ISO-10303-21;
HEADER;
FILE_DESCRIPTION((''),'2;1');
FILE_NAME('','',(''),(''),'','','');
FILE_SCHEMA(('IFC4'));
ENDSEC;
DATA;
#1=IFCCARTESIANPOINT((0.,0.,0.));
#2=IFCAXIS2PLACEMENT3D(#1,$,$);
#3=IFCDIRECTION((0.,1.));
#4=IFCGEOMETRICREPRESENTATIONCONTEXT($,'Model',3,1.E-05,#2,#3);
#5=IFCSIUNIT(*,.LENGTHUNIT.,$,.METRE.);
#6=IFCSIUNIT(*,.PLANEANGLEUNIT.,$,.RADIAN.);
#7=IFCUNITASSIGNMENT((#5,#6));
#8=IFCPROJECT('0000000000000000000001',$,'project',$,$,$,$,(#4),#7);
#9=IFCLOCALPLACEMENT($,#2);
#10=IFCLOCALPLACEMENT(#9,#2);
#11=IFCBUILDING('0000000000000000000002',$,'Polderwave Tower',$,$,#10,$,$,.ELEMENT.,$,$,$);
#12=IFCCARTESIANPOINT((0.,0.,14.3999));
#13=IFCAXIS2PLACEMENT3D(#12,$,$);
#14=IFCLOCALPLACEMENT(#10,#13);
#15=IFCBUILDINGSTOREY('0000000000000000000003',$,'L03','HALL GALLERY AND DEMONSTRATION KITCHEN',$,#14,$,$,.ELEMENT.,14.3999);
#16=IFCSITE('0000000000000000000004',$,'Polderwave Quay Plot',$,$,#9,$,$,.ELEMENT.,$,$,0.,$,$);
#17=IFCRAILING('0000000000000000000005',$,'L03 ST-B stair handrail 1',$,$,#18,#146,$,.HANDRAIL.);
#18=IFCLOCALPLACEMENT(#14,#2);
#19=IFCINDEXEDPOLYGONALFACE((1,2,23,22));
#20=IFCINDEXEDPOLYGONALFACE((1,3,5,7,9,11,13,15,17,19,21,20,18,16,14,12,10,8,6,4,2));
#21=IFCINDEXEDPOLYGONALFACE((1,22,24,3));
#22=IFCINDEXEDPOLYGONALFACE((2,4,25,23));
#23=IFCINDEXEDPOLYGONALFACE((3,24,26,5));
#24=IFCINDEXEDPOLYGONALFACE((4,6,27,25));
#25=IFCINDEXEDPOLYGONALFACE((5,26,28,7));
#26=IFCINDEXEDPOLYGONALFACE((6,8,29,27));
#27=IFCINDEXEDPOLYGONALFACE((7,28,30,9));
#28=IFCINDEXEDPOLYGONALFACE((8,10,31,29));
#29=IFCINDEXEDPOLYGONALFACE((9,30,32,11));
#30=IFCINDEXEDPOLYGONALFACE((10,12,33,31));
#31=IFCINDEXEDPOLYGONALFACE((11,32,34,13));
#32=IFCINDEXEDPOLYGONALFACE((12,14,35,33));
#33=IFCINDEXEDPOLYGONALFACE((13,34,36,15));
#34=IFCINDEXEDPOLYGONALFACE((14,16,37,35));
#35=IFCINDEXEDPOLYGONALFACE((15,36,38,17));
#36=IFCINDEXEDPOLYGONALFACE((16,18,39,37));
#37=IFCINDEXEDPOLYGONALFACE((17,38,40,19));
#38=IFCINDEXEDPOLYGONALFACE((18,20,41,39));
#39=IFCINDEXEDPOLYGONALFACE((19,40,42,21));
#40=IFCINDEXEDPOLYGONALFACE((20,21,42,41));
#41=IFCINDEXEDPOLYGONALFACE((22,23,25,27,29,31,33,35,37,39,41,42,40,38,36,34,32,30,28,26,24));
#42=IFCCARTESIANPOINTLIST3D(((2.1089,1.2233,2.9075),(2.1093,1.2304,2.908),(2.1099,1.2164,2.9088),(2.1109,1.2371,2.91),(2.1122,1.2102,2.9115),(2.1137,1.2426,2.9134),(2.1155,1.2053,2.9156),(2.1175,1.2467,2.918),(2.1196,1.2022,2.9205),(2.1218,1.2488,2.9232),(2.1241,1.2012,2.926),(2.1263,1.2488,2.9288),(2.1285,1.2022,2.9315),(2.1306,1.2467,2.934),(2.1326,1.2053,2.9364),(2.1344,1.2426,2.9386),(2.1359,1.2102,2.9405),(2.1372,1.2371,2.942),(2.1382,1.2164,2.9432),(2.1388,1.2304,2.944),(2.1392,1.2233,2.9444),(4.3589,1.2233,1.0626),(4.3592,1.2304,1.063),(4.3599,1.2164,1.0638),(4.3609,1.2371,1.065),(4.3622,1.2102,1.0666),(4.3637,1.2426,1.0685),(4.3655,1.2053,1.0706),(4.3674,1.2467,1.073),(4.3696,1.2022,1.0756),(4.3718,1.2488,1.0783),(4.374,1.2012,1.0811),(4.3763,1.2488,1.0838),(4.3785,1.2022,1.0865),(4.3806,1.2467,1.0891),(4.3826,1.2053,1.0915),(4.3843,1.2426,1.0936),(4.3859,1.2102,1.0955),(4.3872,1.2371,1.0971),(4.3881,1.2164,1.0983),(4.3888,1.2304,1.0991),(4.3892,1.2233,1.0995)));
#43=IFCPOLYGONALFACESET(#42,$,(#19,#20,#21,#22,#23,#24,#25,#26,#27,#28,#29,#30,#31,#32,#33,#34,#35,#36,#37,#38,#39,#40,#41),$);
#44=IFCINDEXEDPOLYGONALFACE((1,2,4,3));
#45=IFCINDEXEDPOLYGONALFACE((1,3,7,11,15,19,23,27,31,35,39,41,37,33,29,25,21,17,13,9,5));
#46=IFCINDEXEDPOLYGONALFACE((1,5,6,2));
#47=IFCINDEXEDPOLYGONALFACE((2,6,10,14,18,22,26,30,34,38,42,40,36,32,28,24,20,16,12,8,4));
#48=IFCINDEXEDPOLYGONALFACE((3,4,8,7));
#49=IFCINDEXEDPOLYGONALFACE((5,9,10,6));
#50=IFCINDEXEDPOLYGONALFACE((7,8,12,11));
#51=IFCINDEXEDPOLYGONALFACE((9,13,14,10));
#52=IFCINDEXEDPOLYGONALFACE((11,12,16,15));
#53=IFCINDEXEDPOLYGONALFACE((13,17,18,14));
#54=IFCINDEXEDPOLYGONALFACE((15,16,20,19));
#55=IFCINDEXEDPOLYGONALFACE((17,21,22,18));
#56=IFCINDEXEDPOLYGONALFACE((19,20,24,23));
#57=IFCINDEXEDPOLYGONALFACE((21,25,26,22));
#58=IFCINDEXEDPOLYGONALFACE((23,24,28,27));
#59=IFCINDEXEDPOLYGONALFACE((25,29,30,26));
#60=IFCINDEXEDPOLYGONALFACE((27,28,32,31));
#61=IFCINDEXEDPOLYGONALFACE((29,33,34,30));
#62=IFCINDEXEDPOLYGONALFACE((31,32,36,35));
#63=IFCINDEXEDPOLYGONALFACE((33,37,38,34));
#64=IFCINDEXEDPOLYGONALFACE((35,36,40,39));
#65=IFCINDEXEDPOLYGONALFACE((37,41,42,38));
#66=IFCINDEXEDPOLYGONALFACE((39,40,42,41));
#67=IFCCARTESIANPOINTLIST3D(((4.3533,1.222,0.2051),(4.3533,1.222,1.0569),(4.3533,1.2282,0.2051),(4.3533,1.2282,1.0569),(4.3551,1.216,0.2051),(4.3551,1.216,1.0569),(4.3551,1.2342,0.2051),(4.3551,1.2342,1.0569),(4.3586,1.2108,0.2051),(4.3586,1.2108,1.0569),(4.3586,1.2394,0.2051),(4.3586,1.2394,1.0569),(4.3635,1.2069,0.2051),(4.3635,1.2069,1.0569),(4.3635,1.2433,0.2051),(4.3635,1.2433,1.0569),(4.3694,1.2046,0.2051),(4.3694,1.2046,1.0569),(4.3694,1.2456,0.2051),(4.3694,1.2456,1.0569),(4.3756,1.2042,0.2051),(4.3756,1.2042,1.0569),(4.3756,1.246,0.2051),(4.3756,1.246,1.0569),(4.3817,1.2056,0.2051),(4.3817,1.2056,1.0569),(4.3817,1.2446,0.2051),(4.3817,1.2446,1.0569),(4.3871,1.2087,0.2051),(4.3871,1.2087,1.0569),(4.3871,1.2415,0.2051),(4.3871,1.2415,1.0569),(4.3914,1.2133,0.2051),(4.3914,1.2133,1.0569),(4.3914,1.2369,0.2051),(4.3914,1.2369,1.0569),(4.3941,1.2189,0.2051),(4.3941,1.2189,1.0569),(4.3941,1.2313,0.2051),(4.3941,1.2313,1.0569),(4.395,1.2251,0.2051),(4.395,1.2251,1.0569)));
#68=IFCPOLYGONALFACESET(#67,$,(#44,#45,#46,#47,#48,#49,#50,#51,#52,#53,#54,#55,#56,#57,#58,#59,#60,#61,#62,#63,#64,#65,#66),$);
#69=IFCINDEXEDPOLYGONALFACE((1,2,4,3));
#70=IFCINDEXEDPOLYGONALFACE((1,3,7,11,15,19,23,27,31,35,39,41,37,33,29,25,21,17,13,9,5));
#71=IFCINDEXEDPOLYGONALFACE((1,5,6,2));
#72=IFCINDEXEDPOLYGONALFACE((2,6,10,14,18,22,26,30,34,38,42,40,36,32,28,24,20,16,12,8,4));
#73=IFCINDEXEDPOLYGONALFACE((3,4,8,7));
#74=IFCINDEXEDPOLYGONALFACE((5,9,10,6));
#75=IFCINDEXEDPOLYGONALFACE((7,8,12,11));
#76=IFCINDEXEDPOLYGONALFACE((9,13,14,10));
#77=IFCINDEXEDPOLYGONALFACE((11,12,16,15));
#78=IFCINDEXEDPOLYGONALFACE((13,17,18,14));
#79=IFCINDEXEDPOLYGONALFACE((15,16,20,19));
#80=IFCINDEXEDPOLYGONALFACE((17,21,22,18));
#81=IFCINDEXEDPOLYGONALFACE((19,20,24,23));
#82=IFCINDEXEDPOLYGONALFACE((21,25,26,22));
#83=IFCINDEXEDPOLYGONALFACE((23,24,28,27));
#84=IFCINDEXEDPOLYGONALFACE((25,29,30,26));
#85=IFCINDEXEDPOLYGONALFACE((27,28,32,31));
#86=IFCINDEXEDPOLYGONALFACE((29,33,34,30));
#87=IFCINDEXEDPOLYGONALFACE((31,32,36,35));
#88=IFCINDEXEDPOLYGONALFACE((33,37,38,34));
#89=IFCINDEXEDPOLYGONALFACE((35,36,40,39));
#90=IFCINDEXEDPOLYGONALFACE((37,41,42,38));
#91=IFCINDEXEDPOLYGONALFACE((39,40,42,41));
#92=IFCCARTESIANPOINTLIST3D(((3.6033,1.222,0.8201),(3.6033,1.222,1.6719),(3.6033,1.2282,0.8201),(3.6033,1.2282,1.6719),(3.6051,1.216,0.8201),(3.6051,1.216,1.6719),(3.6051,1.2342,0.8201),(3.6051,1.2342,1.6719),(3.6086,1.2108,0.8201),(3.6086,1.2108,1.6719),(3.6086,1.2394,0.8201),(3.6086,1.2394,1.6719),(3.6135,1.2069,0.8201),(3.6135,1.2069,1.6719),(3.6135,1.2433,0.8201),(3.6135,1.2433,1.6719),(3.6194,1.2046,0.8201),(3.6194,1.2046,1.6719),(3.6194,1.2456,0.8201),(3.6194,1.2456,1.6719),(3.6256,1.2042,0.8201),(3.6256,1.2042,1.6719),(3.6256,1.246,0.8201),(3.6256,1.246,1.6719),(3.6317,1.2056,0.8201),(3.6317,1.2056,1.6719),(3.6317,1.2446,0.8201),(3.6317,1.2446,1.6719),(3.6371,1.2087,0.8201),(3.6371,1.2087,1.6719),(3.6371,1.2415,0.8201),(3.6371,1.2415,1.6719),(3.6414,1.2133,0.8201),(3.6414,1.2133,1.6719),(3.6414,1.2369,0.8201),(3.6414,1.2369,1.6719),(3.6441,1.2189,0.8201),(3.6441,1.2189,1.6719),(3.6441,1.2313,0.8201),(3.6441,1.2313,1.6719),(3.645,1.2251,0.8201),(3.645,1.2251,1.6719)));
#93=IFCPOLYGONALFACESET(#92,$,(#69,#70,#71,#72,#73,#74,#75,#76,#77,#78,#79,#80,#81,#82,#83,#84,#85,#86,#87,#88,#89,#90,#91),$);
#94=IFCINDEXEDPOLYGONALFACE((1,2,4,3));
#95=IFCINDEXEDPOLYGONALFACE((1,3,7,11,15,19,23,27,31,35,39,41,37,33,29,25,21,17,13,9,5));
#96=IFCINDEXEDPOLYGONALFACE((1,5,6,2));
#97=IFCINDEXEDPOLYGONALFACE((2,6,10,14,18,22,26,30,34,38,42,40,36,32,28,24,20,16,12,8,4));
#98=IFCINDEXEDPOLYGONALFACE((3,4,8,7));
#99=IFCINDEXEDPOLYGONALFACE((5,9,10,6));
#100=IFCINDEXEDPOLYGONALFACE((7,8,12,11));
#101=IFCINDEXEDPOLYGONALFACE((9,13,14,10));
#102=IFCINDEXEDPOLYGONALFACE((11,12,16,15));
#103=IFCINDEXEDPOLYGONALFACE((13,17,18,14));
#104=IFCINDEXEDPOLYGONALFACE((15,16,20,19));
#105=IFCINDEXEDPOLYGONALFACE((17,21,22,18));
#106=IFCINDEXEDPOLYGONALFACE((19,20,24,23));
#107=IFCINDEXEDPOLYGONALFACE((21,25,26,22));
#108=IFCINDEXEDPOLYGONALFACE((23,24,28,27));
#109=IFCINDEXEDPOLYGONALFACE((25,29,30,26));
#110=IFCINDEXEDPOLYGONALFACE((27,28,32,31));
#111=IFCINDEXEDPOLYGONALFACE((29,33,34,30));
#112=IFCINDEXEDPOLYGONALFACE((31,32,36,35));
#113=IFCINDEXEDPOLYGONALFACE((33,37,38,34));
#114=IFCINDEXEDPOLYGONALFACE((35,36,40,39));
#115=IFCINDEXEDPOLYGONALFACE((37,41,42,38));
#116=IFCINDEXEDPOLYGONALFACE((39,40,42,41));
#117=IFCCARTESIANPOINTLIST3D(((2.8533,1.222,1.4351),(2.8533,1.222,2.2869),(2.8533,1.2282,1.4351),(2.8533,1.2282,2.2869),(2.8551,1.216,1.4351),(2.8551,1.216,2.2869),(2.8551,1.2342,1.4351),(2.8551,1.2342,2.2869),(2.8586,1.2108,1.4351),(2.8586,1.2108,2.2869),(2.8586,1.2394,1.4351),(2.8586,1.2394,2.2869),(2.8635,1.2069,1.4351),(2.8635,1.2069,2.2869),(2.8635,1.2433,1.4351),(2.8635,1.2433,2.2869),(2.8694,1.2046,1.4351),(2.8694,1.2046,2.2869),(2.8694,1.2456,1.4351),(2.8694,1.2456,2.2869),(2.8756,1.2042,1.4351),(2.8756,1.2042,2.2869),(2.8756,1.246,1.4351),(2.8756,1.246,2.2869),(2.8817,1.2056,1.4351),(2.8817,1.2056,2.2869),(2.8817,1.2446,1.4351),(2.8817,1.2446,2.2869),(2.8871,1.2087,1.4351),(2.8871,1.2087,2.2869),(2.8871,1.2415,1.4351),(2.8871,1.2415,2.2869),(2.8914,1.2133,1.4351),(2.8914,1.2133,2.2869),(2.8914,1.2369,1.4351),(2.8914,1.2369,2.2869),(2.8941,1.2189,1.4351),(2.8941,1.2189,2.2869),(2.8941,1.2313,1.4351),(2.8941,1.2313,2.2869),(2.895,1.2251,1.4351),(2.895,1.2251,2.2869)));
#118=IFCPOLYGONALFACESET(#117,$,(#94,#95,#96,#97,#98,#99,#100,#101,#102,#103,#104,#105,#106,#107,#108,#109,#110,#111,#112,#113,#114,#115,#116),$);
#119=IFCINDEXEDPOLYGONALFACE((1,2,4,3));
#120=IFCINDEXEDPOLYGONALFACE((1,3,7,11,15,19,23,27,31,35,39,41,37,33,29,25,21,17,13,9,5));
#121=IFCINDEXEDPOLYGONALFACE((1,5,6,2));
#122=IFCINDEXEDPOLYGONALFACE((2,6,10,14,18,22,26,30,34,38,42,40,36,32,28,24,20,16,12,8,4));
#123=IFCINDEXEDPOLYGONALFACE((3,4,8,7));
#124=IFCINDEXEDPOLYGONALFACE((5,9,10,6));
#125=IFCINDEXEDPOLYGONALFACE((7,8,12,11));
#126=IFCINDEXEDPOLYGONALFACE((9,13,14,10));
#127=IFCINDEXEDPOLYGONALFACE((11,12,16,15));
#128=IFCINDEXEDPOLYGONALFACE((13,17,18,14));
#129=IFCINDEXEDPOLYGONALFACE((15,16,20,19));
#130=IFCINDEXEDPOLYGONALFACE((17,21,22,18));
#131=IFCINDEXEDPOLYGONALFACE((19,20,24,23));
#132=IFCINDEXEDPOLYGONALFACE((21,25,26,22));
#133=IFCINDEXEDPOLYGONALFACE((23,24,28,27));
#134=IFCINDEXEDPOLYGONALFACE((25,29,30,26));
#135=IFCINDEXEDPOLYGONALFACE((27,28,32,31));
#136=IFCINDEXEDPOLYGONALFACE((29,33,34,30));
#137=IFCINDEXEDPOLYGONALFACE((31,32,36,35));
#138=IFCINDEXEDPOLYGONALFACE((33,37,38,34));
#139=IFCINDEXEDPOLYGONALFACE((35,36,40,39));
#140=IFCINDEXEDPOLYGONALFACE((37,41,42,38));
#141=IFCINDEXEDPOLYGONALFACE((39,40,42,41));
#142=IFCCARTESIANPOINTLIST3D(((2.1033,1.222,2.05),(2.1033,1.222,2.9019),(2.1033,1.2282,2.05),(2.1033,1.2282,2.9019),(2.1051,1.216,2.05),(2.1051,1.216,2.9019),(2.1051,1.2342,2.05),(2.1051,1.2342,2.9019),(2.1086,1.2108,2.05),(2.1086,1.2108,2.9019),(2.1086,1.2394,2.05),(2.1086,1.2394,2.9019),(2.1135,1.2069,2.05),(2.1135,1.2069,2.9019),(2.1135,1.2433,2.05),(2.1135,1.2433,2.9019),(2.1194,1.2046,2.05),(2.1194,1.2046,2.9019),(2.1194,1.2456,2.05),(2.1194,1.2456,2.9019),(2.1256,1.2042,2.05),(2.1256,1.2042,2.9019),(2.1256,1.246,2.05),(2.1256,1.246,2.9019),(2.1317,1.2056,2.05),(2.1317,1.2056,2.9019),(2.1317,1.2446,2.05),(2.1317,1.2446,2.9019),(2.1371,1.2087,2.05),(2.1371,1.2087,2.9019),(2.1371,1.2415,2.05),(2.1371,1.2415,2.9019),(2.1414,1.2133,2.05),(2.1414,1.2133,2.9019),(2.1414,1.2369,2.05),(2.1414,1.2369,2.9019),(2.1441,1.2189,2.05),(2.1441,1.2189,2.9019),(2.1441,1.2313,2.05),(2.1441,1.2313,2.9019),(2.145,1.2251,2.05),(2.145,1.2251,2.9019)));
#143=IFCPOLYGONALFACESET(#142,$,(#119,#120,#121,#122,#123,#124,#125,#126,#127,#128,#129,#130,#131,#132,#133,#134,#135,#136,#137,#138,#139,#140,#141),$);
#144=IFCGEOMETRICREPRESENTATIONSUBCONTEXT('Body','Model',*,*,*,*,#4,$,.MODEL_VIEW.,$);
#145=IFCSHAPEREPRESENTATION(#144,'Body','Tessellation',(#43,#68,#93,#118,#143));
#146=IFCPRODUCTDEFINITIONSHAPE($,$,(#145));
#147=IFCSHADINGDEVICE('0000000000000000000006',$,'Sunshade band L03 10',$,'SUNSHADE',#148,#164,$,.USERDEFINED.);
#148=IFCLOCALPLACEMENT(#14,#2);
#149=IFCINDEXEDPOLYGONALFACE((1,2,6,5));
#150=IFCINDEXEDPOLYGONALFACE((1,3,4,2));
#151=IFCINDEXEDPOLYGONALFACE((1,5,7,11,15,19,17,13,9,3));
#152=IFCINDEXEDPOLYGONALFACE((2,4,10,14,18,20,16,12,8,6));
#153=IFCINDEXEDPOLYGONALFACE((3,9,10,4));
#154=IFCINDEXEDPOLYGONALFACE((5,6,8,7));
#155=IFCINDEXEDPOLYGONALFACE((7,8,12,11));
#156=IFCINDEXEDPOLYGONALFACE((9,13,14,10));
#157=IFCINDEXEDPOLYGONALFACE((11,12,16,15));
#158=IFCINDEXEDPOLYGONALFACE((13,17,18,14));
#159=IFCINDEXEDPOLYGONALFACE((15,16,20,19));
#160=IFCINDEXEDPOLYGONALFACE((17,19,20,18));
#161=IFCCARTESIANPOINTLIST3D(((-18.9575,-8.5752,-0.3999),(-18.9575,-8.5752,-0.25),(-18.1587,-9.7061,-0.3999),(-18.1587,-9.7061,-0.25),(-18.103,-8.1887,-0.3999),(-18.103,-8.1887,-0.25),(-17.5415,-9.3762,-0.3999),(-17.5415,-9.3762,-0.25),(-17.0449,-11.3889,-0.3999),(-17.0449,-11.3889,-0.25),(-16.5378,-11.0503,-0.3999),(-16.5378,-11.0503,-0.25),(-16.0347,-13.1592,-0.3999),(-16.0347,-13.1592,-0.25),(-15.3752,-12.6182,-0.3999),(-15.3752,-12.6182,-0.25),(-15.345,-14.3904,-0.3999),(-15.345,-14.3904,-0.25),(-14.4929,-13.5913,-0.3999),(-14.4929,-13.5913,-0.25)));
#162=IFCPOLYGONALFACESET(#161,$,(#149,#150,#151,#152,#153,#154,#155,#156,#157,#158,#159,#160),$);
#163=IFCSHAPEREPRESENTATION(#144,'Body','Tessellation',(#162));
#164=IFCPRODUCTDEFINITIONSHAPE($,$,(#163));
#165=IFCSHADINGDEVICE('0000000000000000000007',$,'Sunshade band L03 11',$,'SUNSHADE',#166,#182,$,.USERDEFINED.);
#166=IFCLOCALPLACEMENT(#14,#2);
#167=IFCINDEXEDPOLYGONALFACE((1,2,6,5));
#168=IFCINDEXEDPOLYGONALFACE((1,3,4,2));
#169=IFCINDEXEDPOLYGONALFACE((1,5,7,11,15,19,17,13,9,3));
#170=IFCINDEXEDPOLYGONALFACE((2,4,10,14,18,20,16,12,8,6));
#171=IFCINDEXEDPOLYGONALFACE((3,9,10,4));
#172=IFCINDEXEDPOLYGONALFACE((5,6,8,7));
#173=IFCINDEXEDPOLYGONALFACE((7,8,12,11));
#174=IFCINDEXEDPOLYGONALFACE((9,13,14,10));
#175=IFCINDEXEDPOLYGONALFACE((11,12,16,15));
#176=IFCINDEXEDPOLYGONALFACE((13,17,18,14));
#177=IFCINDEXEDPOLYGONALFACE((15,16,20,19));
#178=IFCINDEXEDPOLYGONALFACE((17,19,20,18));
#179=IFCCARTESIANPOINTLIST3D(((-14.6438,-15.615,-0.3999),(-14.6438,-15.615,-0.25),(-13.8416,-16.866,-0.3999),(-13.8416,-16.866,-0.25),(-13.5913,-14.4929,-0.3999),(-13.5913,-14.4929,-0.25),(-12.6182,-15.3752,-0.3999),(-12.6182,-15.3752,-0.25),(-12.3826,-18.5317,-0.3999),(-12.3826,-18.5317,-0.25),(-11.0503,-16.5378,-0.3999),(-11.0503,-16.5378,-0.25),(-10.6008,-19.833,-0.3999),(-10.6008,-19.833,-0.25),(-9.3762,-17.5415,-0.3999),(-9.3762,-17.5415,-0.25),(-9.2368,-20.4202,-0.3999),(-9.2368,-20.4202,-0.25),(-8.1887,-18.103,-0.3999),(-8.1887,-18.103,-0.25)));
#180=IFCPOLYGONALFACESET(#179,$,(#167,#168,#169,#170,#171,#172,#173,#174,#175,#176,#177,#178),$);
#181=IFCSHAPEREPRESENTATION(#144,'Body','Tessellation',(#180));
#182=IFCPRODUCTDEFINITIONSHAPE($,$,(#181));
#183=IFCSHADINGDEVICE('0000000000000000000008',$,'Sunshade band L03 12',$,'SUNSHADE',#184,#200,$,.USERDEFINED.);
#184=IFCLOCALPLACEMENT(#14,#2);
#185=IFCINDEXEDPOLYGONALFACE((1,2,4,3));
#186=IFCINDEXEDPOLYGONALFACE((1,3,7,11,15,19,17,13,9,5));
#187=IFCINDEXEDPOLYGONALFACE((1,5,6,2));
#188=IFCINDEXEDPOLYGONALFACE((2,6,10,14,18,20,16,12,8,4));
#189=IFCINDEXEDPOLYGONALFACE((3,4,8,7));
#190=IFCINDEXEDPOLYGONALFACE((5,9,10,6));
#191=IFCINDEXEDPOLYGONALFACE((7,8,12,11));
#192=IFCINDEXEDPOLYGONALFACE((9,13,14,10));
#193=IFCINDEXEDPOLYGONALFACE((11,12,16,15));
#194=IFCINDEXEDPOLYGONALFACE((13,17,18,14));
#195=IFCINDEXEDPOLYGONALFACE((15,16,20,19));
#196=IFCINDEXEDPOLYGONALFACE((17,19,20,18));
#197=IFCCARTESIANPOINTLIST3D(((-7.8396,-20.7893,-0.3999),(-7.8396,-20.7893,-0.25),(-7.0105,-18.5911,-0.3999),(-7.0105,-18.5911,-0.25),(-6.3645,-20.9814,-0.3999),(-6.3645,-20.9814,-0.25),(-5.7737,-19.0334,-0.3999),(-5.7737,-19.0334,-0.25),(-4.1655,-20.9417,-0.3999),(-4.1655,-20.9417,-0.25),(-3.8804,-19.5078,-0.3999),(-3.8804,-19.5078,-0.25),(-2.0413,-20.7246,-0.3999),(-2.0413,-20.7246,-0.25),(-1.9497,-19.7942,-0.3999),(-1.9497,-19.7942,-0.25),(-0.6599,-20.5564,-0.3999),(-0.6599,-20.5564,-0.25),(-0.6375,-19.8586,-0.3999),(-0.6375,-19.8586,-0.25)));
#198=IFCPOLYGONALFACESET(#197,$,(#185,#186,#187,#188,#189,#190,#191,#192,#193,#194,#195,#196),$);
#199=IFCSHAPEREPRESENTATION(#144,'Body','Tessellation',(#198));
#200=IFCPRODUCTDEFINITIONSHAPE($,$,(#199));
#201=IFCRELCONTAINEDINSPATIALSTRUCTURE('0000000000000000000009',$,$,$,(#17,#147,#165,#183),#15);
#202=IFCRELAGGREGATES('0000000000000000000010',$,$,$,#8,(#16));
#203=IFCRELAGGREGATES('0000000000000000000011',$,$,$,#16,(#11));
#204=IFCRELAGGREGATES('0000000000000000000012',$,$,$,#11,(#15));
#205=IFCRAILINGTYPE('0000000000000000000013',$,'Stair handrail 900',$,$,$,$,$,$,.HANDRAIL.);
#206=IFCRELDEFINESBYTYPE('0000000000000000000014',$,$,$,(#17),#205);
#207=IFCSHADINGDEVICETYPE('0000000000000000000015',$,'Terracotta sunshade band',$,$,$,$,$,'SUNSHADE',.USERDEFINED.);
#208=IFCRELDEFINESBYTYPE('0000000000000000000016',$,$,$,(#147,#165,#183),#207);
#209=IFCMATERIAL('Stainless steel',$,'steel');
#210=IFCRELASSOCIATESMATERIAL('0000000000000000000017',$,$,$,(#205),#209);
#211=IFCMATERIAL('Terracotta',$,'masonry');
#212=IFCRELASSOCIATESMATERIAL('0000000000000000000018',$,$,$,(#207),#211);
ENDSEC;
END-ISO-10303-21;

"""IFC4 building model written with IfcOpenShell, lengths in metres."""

from ifc_helpers import new_model, si_unit, direction, frame, origin, origin_2d, place, context, subcontext, project, spatial, polyline, circle, outline, extrude, material, type_object, element, save


model = new_model("IFC4")

# Units and contexts
model_context = context("Model", 3, precision=1e-05, world=origin(), true_north=direction((0.0, 1.0)))
body_context = subcontext(model_context, "Body", "Model", "MODEL_VIEW")
ifc_project = project(units=[si_unit("LENGTHUNIT", "METRE"), si_unit("PLANEANGLEUNIT", "RADIAN")], contexts=[model_context])

# Site, building, storey
site_placement = place(None, origin())
site = spatial("IfcSite", under=ifc_project, at=site_placement, Name="Polderwave Quay Plot", CompositionType="ELEMENT", RefElevation=0.0)
building_placement = place(site_placement, origin())
building = spatial("IfcBuilding", under=site, at=building_placement, Name="Polderwave Tower", CompositionType="ELEMENT")
storey_placement = place(building_placement, frame((0.0, 0.0, 14.3999)))
storey = spatial("IfcBuildingStorey", under=building, at=storey_placement, Name="L03", Description="HALL GALLERY AND DEMONSTRATION KITCHEN", CompositionType="ELEMENT", Elevation=14.3999)

# Railing
ifc_material_1 = material(Name="Stainless steel", Category="steel")
railing_type_1 = type_object("IfcRailingType", Name="Stair handrail 900", PredefinedType="HANDRAIL", material=ifc_material_1)
railing_1_placement = place(storey_placement, frame((4.374, 1.2251, 0.2051)))
element("IfcRailing", 1, at=railing_1_placement, inside=storey, type_object=railing_type_1, Name="L03 ST-B stair handrail 1", PredefinedType="HANDRAIL", context=body_context, shape_type="SweptSolid", body=[
    extrude(circle(Radius=0.0239, at=origin_2d()), frame((0.0, 0.0, 0.876), z_axis=(-0.773273, 0.0, 0.634074), x_axis=(0.0, -1.0, 0.0)), (0.0, 0.0, 1.0), 2.9097),
    extrude(circle(Radius=0.021, at=origin_2d()), origin(), (0.0, 0.0, 1.0), 0.8518),
    extrude(circle(Radius=0.021, at=origin_2d()), frame((-0.75, 0.0, 0.615)), (0.0, 0.0, 1.0), 0.8518),
    extrude(circle(Radius=0.021, at=origin_2d()), frame((-1.5, 0.0, 1.23)), (0.0, 0.0, 1.0), 0.8518),
    extrude(circle(Radius=0.021, at=origin_2d()), frame((-2.25, 0.0, 1.845)), (0.0, 0.0, 1.0), 0.8518),
])

# Shading devices
ifc_material_2 = material(Name="Terracotta", Category="masonry")
shading_device_type = type_object("IfcShadingDeviceType", Name="Terracotta sunshade band", ElementType="SUNSHADE", PredefinedType="USERDEFINED", material=ifc_material_2)
shading_device_1_placement = place(storey_placement, frame((0.0, 0.0, -0.3999)))
element("IfcShadingDevice", 2, at=shading_device_1_placement, inside=storey, type_object=shading_device_type, Name="Sunshade band L03 10", ObjectType="SUNSHADE", PredefinedType="USERDEFINED", context=body_context, shape_type="SweptSolid", body=[
    extrude(outline(polyline([(-18.103, -8.1887), (-17.5415, -9.3762), (-16.5378, -11.0503), (-15.3752, -12.6182), (-14.4929, -13.5913), (-15.345, -14.3904), (-16.0347, -13.1592), (-17.0449, -11.3889), (-18.1587, -9.7061), (-18.9575, -8.5752), (-18.103, -8.1887)])), origin(), (0.0, 0.0, 1.0), 0.1499),
])
shading_device_2_placement = place(storey_placement, frame((0.0, 0.0, -0.3999)))
element("IfcShadingDevice", 3, at=shading_device_2_placement, inside=storey, type_object=shading_device_type, Name="Sunshade band L03 11", ObjectType="SUNSHADE", PredefinedType="USERDEFINED", context=body_context, shape_type="SweptSolid", body=[
    extrude(outline(polyline([(-13.5913, -14.4929), (-12.6182, -15.3752), (-11.0503, -16.5378), (-9.3762, -17.5415), (-8.1887, -18.103), (-9.2368, -20.4202), (-10.6008, -19.833), (-12.3826, -18.5317), (-13.8416, -16.866), (-14.6438, -15.615), (-13.5913, -14.4929)])), origin(), (0.0, 0.0, 1.0), 0.1499),
])
shading_device_3_placement = place(storey_placement, frame((0.0, 0.0, -0.3999)))
element("IfcShadingDevice", 4, at=shading_device_3_placement, inside=storey, type_object=shading_device_type, Name="Sunshade band L03 12", ObjectType="SUNSHADE", PredefinedType="USERDEFINED", context=body_context, shape_type="SweptSolid", body=[
    extrude(outline(polyline([(-7.0105, -18.5911), (-5.7737, -19.0334), (-3.8804, -19.5078), (-1.9497, -19.7942), (-0.6375, -19.8586), (-0.6599, -20.5564), (-2.0413, -20.7246), (-4.1655, -20.9417), (-6.3645, -20.9814), (-7.8396, -20.7893), (-7.0105, -18.5911)])), origin(), (0.0, 0.0, 1.0), 0.1499),
])

save(model, "model.ifc")
